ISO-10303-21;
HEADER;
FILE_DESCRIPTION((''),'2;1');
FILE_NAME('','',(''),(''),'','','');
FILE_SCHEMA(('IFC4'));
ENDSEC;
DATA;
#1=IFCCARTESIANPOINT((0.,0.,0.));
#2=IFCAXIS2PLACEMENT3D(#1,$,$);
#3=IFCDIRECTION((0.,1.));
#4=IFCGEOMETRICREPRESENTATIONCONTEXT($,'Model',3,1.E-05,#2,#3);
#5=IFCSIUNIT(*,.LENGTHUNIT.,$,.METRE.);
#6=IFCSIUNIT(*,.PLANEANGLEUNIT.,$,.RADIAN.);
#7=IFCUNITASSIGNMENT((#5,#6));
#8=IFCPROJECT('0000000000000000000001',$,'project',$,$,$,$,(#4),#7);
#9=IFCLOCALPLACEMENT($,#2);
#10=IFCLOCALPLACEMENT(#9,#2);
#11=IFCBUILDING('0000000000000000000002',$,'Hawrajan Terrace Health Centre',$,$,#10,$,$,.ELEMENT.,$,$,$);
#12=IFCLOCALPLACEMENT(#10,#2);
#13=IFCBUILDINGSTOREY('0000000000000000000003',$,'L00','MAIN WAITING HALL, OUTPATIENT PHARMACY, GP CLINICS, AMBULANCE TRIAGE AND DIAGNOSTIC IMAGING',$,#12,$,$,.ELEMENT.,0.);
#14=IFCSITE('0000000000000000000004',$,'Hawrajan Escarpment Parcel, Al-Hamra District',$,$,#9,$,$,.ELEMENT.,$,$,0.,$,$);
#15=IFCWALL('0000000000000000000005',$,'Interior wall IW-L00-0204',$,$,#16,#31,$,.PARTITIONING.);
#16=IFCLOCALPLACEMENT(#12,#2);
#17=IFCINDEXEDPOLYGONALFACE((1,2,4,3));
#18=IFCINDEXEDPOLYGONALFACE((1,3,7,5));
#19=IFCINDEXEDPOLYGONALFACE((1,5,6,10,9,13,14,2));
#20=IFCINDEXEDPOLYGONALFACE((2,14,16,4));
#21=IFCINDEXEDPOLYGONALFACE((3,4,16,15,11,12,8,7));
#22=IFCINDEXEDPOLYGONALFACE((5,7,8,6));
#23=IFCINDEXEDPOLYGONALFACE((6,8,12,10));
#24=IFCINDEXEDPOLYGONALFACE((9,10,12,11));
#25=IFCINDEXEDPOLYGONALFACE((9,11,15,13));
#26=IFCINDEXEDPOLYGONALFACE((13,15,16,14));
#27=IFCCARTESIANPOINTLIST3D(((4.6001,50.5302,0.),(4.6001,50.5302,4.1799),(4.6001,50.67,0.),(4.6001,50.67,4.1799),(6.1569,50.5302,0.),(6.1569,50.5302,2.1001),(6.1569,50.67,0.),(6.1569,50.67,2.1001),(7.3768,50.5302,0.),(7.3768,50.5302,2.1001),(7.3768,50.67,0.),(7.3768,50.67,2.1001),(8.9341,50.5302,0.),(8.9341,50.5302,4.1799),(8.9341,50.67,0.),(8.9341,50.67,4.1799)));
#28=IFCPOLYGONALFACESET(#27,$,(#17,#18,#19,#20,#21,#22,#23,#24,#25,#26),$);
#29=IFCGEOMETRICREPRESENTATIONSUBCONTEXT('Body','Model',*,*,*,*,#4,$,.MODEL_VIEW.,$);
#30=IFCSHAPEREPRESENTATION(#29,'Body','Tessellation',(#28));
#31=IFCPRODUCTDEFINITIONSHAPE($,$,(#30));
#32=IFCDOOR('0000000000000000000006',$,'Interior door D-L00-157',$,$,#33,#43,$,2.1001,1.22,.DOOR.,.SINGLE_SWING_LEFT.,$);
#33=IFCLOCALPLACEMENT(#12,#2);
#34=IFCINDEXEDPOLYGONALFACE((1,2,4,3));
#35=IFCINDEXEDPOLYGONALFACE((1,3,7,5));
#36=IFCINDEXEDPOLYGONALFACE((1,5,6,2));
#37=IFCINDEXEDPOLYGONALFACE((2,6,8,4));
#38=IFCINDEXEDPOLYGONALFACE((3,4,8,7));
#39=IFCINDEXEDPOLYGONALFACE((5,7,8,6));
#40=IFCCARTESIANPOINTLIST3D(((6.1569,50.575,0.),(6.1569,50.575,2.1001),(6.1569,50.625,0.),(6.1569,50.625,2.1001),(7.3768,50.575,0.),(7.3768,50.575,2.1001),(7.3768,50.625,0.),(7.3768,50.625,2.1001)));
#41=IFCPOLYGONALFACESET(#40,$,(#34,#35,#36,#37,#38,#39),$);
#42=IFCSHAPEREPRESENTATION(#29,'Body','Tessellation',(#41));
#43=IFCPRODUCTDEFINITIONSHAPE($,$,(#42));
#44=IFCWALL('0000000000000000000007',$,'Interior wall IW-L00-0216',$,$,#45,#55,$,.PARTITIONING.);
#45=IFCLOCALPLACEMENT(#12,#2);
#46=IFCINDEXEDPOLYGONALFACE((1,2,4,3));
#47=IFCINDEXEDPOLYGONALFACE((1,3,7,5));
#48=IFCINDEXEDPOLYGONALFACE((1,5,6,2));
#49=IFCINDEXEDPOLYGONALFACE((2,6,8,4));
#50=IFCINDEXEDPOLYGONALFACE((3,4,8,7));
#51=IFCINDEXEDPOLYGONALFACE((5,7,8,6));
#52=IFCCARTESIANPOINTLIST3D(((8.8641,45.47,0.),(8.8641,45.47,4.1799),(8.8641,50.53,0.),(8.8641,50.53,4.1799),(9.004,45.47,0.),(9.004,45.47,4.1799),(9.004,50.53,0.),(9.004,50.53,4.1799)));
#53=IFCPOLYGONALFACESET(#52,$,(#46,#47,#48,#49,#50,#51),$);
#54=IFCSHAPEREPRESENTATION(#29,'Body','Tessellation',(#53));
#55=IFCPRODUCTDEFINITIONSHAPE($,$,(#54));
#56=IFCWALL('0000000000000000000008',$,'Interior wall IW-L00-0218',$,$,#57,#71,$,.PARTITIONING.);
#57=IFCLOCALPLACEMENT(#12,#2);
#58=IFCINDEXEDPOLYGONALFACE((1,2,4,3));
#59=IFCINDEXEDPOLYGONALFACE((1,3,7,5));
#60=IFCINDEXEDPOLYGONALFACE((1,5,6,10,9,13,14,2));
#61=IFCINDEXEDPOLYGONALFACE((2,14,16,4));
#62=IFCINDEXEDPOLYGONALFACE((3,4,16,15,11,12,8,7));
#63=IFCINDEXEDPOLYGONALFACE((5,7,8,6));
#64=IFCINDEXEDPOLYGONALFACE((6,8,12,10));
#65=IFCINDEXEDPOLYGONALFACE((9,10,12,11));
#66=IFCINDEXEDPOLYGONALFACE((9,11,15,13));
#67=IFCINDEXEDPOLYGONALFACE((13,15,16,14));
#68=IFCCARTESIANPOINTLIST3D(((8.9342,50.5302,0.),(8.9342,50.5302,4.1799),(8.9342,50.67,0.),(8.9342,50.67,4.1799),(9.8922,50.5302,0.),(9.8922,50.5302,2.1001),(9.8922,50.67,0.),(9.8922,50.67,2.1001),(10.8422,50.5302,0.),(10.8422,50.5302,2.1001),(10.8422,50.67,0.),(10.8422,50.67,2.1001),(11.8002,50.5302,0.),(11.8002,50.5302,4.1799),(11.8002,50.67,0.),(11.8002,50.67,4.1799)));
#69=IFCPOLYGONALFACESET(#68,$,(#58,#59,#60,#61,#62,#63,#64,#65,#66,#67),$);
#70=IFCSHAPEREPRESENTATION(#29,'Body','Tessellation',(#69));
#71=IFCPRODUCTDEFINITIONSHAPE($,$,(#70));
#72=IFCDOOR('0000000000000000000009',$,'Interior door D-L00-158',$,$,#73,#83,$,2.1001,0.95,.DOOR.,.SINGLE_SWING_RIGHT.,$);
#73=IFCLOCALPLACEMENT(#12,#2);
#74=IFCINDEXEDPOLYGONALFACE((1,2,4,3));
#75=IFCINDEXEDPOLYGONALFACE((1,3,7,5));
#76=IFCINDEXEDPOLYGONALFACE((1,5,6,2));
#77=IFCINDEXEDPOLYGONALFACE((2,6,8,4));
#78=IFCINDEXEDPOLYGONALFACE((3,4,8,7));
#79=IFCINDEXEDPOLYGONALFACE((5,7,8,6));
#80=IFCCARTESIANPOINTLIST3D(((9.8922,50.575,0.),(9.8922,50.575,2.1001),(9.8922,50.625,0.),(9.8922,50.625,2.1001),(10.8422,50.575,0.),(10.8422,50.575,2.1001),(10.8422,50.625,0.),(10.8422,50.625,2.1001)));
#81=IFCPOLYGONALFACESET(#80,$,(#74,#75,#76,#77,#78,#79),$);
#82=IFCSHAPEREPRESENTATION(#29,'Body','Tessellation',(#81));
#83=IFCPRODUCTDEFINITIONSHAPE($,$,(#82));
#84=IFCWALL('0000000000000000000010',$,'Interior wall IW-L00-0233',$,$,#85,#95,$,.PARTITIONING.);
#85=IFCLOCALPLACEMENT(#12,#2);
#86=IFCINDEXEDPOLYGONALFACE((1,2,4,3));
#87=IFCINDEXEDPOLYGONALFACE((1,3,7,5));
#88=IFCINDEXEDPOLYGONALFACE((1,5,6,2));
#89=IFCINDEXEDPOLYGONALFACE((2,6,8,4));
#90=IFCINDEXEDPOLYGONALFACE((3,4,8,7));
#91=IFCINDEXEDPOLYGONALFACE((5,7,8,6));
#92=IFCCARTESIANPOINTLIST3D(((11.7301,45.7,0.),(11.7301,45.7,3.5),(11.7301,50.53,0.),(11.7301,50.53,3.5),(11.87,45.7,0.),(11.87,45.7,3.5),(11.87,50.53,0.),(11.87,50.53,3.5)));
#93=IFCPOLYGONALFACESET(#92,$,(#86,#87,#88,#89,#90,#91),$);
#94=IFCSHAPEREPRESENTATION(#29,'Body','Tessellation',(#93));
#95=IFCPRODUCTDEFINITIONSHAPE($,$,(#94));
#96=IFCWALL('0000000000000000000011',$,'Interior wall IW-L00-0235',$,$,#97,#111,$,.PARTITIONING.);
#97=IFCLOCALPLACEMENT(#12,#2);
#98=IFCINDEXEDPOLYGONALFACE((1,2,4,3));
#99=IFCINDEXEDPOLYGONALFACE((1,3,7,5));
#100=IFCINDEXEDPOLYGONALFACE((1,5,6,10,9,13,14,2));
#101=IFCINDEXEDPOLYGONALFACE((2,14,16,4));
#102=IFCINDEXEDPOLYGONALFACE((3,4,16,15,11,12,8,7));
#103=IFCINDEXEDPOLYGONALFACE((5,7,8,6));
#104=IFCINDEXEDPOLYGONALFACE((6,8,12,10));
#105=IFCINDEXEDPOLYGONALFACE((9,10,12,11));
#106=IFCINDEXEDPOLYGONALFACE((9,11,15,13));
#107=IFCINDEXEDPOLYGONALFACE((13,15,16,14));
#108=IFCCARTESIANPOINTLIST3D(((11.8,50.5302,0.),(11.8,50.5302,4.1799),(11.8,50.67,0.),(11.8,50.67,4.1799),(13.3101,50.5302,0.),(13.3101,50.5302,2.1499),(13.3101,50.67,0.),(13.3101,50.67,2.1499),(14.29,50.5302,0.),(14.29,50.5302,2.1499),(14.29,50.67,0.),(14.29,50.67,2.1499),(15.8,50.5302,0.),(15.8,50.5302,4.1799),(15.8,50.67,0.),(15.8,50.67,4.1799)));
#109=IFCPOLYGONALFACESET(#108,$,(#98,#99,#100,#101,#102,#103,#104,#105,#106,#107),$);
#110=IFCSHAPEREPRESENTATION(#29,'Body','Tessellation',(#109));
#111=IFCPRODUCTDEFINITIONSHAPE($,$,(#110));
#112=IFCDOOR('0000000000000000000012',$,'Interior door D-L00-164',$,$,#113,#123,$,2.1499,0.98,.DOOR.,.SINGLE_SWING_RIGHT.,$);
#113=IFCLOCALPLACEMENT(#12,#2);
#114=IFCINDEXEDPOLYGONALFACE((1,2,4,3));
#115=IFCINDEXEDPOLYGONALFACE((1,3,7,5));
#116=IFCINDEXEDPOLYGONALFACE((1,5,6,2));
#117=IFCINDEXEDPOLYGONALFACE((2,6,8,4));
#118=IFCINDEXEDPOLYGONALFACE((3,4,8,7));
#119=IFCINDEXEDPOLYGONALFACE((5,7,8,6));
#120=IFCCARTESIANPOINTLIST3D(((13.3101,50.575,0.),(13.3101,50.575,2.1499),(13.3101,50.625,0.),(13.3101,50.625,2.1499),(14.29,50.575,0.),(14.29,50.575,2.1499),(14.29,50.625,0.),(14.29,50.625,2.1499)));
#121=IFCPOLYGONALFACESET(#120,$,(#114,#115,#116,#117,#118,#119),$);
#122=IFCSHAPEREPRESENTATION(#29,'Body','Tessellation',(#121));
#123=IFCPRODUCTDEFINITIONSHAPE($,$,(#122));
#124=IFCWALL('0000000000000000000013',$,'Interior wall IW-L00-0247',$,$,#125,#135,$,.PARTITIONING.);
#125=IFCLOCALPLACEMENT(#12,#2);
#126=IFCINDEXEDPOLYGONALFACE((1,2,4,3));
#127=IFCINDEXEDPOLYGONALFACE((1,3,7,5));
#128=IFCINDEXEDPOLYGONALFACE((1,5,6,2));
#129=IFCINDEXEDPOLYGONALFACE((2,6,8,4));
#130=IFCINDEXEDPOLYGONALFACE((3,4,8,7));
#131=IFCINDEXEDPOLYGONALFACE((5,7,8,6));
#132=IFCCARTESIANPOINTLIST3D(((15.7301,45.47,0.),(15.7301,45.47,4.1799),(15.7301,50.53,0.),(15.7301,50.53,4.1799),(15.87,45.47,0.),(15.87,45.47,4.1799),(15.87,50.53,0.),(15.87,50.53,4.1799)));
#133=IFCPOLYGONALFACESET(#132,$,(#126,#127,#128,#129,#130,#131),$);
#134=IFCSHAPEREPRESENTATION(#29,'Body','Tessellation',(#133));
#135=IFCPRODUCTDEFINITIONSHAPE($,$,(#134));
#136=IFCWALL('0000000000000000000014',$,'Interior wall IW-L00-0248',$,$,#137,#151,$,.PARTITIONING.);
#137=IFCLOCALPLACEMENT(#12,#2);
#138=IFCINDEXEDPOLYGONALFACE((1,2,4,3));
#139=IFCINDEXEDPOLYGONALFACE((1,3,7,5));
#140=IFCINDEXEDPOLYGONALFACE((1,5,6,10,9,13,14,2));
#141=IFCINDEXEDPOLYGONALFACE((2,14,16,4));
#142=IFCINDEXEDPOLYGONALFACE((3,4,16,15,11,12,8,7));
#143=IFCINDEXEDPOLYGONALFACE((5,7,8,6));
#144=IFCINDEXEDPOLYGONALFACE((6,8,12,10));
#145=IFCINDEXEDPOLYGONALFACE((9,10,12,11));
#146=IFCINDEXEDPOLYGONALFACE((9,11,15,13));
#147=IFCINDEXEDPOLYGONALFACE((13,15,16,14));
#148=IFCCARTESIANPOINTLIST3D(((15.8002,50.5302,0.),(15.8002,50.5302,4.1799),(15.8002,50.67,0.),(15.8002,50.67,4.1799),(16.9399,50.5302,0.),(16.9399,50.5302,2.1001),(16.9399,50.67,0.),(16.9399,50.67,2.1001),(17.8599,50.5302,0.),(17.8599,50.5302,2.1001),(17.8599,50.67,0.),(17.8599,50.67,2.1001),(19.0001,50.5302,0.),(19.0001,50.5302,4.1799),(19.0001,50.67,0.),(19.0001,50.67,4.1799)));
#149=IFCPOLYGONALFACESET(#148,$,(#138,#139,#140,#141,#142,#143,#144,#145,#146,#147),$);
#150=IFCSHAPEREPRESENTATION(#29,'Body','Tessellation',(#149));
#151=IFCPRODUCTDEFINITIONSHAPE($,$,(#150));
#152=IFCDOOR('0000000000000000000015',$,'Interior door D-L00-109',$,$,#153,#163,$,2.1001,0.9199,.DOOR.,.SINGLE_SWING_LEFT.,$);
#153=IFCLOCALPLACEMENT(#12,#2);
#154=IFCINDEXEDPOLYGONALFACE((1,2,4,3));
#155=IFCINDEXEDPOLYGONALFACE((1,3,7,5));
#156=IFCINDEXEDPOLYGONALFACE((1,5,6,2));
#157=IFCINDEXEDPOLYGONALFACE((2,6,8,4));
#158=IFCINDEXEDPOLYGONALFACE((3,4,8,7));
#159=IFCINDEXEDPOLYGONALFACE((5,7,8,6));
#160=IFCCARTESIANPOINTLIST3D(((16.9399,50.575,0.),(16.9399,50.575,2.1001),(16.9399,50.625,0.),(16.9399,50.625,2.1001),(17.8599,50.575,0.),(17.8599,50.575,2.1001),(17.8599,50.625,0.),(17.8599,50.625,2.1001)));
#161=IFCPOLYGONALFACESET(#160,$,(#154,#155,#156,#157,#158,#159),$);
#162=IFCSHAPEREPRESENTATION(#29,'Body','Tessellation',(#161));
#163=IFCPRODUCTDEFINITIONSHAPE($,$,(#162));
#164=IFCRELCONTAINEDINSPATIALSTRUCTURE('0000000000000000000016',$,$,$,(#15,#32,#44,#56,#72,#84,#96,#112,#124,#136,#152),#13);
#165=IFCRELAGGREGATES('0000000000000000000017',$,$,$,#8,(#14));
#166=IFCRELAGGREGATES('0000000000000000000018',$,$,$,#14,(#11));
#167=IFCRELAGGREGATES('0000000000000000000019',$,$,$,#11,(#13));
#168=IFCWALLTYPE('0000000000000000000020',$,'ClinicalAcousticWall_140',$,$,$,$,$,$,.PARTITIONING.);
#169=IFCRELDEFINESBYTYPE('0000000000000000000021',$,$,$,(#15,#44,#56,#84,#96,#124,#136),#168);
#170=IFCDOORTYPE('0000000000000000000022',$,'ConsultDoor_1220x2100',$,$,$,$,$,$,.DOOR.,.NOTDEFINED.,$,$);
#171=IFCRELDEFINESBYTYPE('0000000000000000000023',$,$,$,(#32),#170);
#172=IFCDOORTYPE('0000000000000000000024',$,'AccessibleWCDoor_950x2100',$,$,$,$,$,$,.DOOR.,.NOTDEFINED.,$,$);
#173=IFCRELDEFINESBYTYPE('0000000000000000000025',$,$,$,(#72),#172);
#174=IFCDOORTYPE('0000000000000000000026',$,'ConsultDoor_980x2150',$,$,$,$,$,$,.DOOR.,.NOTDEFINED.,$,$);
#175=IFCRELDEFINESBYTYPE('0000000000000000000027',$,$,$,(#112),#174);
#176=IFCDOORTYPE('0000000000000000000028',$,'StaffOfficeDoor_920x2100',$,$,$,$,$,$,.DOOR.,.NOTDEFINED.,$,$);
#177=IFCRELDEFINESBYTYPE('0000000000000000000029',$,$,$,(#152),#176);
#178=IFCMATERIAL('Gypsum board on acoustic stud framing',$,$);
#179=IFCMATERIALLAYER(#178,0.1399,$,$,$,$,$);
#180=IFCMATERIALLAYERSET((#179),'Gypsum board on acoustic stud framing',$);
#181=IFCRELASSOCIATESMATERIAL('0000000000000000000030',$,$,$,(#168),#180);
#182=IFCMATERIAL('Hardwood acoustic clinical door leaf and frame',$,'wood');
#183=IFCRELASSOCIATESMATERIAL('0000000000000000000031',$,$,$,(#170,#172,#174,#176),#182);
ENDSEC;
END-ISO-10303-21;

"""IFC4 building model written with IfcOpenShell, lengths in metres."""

from ifc_helpers import new_model, si_unit, direction, frame, frame_2d, origin, place, context, subcontext, project, spatial, rectangle, extrude, material, layer, layer_set, type_object, element, fill, save


model = new_model("IFC4")

# Units and contexts
model_context = context("Model", 3, precision=1e-05, world=origin(), true_north=direction((0.0, 1.0)))
body_context = subcontext(model_context, "Body", "Model", "MODEL_VIEW")
ifc_project = project(units=[si_unit("LENGTHUNIT", "METRE"), si_unit("PLANEANGLEUNIT", "RADIAN")], contexts=[model_context])

# Site, building, storey
site_placement = place(None, origin())
site = spatial("IfcSite", under=ifc_project, at=site_placement, Name="Hawrajan Escarpment Parcel, Al-Hamra District", CompositionType="ELEMENT", RefElevation=0.0)
building_placement = place(site_placement, origin())
building = spatial("IfcBuilding", under=site, at=building_placement, Name="Hawrajan Terrace Health Centre", CompositionType="ELEMENT")
storey_placement = place(building_placement, origin())
storey = spatial("IfcBuildingStorey", under=building, at=storey_placement, Name="L00", Description="MAIN WAITING HALL, OUTPATIENT PHARMACY, GP CLINICS, AMBULANCE TRIAGE AND DIAGNOSTIC IMAGING", CompositionType="ELEMENT", Elevation=0.0)

# Wall, opening, door
ifc_material_1 = material(Name="Gypsum board on acoustic stud framing")
ifc_layer_1 = layer(ifc_material_1, 0.1399)
ifc_layer_set_1 = layer_set([ifc_layer_1], Name="Gypsum board on acoustic stud framing")
wall_type_1 = type_object("IfcWallType", Name="ClinicalAcousticWall_140", PredefinedType="PARTITIONING", material=ifc_layer_set_1)
wall_1_placement = place(storey_placement, frame((4.6001, 50.6001, 0.0), z_axis=(0.0, 0.0, 1.0), x_axis=(1.0, 0.0, 0.0)))
wall_1 = element("IfcWall", 1, at=wall_1_placement, inside=storey, type_object=wall_type_1, Name="Interior wall IW-L00-0204", PredefinedType="PARTITIONING", context=body_context, shape_type="SweptSolid", body=[
    extrude(rectangle(XDim=4.334, YDim=0.1399, at=frame_2d((2.167, 0.0))), origin(), (0.0, 0.0, 1.0), 4.1799),
])
opening_1_placement = place(wall_1_placement, frame((1.5569, 0.0, 0.0)))
opening_1 = element("IfcOpeningElement", 2, at=opening_1_placement, cuts=wall_1, PredefinedType="OPENING", context=body_context, shape_type="SweptSolid", body=[
    extrude(rectangle(XDim=1.22, YDim=2.1001, at=frame_2d((0.6099, 1.05))), frame((0.0, 0.0798, 0.0), z_axis=(0.0, -1.0, 0.0), x_axis=(1.0, 0.0, 0.0)), (0.0, 0.0, 1.0), 0.1599),
])
ifc_material_2 = material(Name="Hardwood acoustic clinical door leaf and frame", Category="wood")
door_type_1 = type_object("IfcDoorType", Name="ConsultDoor_1220x2100", OperationType="NOTDEFINED", PredefinedType="DOOR", material=ifc_material_2)
door_1_placement = place(opening_1_placement, origin())
door_1 = element("IfcDoor", 3, at=door_1_placement, inside=storey, type_object=door_type_1, Name="Interior door D-L00-157", OperationType="SINGLE_SWING_LEFT", OverallHeight=2.1001, OverallWidth=1.22, PredefinedType="DOOR", context=body_context, shape_type="SweptSolid", body=[
    extrude(rectangle(XDim=1.22, YDim=2.1001, at=frame_2d((0.6099, 1.05))), frame((0.0, 0.0249, 0.0), z_axis=(0.0, -1.0, 0.0), x_axis=(1.0, 0.0, 0.0)), (0.0, 0.0, 1.0), 0.05),
])
fill(opening_1, door_1)

# Wall
wall_2_placement = place(storey_placement, frame((8.9341, 45.47, 0.0), z_axis=(0.0, 0.0, 1.0), x_axis=(0.0, 1.0, 0.0)))
element("IfcWall", 4, at=wall_2_placement, inside=storey, type_object=wall_type_1, Name="Interior wall IW-L00-0216", PredefinedType="PARTITIONING", context=body_context, shape_type="SweptSolid", body=[
    extrude(rectangle(XDim=5.0601, YDim=0.1399, at=frame_2d((2.53, 0.0))), origin(), (0.0, 0.0, 1.0), 4.1799),
])

# Wall, opening, door
wall_3_placement = place(storey_placement, frame((8.9341, 50.6001, 0.0), z_axis=(0.0, 0.0, 1.0), x_axis=(1.0, 0.0, 0.0)))
wall_3 = element("IfcWall", 5, at=wall_3_placement, inside=storey, type_object=wall_type_1, Name="Interior wall IW-L00-0218", PredefinedType="PARTITIONING", context=body_context, shape_type="SweptSolid", body=[
    extrude(rectangle(XDim=2.866, YDim=0.1399, at=frame_2d((1.4331, 0.0))), origin(), (0.0, 0.0, 1.0), 4.1799),
])
opening_2_placement = place(wall_3_placement, frame((0.958, 0.0, 0.0)))
opening_2 = element("IfcOpeningElement", 6, at=opening_2_placement, cuts=wall_3, PredefinedType="OPENING", context=body_context, shape_type="SweptSolid", body=[
    extrude(rectangle(XDim=0.95, YDim=2.1001, at=frame_2d((0.4751, 1.05))), frame((0.0, 0.0798, 0.0), z_axis=(0.0, -1.0, 0.0), x_axis=(1.0, 0.0, 0.0)), (0.0, 0.0, 1.0), 0.1599),
])
door_type_2 = type_object("IfcDoorType", Name="AccessibleWCDoor_950x2100", OperationType="NOTDEFINED", PredefinedType="DOOR", material=ifc_material_2)
door_2_placement = place(opening_2_placement, origin())
door_2 = element("IfcDoor", 7, at=door_2_placement, inside=storey, type_object=door_type_2, Name="Interior door D-L00-158", OperationType="SINGLE_SWING_RIGHT", OverallHeight=2.1001, OverallWidth=0.95, PredefinedType="DOOR", context=body_context, shape_type="SweptSolid", body=[
    extrude(rectangle(XDim=0.95, YDim=2.1001, at=frame_2d((0.4751, 1.05))), frame((0.0, 0.0249, 0.0), z_axis=(0.0, -1.0, 0.0), x_axis=(1.0, 0.0, 0.0)), (0.0, 0.0, 1.0), 0.05),
])
fill(opening_2, door_2)

# Wall
wall_4_placement = place(storey_placement, frame((11.8, 45.7, 0.0), z_axis=(0.0, 0.0, 1.0), x_axis=(0.0, 1.0, 0.0)))
element("IfcWall", 8, at=wall_4_placement, inside=storey, type_object=wall_type_1, Name="Interior wall IW-L00-0233", PredefinedType="PARTITIONING", context=body_context, shape_type="SweptSolid", body=[
    extrude(rectangle(XDim=4.8301, YDim=0.1399, at=frame_2d((2.415, 0.0))), origin(), (0.0, 0.0, 1.0), 3.5),
])

# Wall, opening, door
wall_5_placement = place(storey_placement, frame((11.8, 50.6001, 0.0), z_axis=(0.0, 0.0, 1.0), x_axis=(1.0, 0.0, 0.0)))
wall_5 = element("IfcWall", 9, at=wall_5_placement, inside=storey, type_object=wall_type_1, Name="Interior wall IW-L00-0235", PredefinedType="PARTITIONING", context=body_context, shape_type="SweptSolid", body=[
    extrude(rectangle(XDim=4.0, YDim=0.1399, at=frame_2d((2.0, 0.0))), origin(), (0.0, 0.0, 1.0), 4.1799),
])
opening_3_placement = place(wall_5_placement, frame((1.51, 0.0, 0.0)))
opening_3 = element("IfcOpeningElement", 10, at=opening_3_placement, cuts=wall_5, PredefinedType="OPENING", context=body_context, shape_type="SweptSolid", body=[
    extrude(rectangle(XDim=0.98, YDim=2.1499, at=frame_2d((0.49, 1.075))), frame((0.0, 0.0798, 0.0), z_axis=(0.0, -1.0, 0.0), x_axis=(1.0, 0.0, 0.0)), (0.0, 0.0, 1.0), 0.1599),
])
door_type_3 = type_object("IfcDoorType", Name="ConsultDoor_980x2150", OperationType="NOTDEFINED", PredefinedType="DOOR", material=ifc_material_2)
door_3_placement = place(opening_3_placement, origin())
door_3 = element("IfcDoor", 11, at=door_3_placement, inside=storey, type_object=door_type_3, Name="Interior door D-L00-164", OperationType="SINGLE_SWING_RIGHT", OverallHeight=2.1499, OverallWidth=0.98, PredefinedType="DOOR", context=body_context, shape_type="SweptSolid", body=[
    extrude(rectangle(XDim=0.98, YDim=2.1499, at=frame_2d((0.49, 1.075))), frame((0.0, 0.0249, 0.0), z_axis=(0.0, -1.0, 0.0), x_axis=(1.0, 0.0, 0.0)), (0.0, 0.0, 1.0), 0.05),
])
fill(opening_3, door_3)

# Wall
wall_6_placement = place(storey_placement, frame((15.8, 45.47, 0.0), z_axis=(0.0, 0.0, 1.0), x_axis=(0.0, 1.0, 0.0)))
element("IfcWall", 12, at=wall_6_placement, inside=storey, type_object=wall_type_1, Name="Interior wall IW-L00-0247", PredefinedType="PARTITIONING", context=body_context, shape_type="SweptSolid", body=[
    extrude(rectangle(XDim=5.0601, YDim=0.1399, at=frame_2d((2.53, 0.0))), origin(), (0.0, 0.0, 1.0), 4.1799),
])

# Wall, opening, door
wall_7_placement = place(storey_placement, frame((15.8, 50.6001, 0.0), z_axis=(0.0, 0.0, 1.0), x_axis=(1.0, 0.0, 0.0)))
wall_7 = element("IfcWall", 13, at=wall_7_placement, inside=storey, type_object=wall_type_1, Name="Interior wall IW-L00-0248", PredefinedType="PARTITIONING", context=body_context, shape_type="SweptSolid", body=[
    extrude(rectangle(XDim=3.2, YDim=0.1399, at=frame_2d((1.6001, 0.0))), origin(), (0.0, 0.0, 1.0), 4.1799),
])
opening_4_placement = place(wall_7_placement, frame((1.1399, 0.0, 0.0)))
opening_4 = element("IfcOpeningElement", 14, at=opening_4_placement, cuts=wall_7, PredefinedType="OPENING", context=body_context, shape_type="SweptSolid", body=[
    extrude(rectangle(XDim=0.9199, YDim=2.1001, at=frame_2d((0.46, 1.05))), frame((0.0, 0.0798, 0.0), z_axis=(0.0, -1.0, 0.0), x_axis=(1.0, 0.0, 0.0)), (0.0, 0.0, 1.0), 0.1599),
])
door_type_4 = type_object("IfcDoorType", Name="StaffOfficeDoor_920x2100", OperationType="NOTDEFINED", PredefinedType="DOOR", material=ifc_material_2)
door_4_placement = place(opening_4_placement, origin())
door_4 = element("IfcDoor", 15, at=door_4_placement, inside=storey, type_object=door_type_4, Name="Interior door D-L00-109", OperationType="SINGLE_SWING_LEFT", OverallHeight=2.1001, OverallWidth=0.9199, PredefinedType="DOOR", context=body_context, shape_type="SweptSolid", body=[
    extrude(rectangle(XDim=0.9199, YDim=2.1001, at=frame_2d((0.46, 1.05))), frame((0.0, 0.0249, 0.0), z_axis=(0.0, -1.0, 0.0), x_axis=(1.0, 0.0, 0.0)), (0.0, 0.0, 1.0), 0.05),
])
fill(opening_4, door_4)

save(model, "model.ifc")
